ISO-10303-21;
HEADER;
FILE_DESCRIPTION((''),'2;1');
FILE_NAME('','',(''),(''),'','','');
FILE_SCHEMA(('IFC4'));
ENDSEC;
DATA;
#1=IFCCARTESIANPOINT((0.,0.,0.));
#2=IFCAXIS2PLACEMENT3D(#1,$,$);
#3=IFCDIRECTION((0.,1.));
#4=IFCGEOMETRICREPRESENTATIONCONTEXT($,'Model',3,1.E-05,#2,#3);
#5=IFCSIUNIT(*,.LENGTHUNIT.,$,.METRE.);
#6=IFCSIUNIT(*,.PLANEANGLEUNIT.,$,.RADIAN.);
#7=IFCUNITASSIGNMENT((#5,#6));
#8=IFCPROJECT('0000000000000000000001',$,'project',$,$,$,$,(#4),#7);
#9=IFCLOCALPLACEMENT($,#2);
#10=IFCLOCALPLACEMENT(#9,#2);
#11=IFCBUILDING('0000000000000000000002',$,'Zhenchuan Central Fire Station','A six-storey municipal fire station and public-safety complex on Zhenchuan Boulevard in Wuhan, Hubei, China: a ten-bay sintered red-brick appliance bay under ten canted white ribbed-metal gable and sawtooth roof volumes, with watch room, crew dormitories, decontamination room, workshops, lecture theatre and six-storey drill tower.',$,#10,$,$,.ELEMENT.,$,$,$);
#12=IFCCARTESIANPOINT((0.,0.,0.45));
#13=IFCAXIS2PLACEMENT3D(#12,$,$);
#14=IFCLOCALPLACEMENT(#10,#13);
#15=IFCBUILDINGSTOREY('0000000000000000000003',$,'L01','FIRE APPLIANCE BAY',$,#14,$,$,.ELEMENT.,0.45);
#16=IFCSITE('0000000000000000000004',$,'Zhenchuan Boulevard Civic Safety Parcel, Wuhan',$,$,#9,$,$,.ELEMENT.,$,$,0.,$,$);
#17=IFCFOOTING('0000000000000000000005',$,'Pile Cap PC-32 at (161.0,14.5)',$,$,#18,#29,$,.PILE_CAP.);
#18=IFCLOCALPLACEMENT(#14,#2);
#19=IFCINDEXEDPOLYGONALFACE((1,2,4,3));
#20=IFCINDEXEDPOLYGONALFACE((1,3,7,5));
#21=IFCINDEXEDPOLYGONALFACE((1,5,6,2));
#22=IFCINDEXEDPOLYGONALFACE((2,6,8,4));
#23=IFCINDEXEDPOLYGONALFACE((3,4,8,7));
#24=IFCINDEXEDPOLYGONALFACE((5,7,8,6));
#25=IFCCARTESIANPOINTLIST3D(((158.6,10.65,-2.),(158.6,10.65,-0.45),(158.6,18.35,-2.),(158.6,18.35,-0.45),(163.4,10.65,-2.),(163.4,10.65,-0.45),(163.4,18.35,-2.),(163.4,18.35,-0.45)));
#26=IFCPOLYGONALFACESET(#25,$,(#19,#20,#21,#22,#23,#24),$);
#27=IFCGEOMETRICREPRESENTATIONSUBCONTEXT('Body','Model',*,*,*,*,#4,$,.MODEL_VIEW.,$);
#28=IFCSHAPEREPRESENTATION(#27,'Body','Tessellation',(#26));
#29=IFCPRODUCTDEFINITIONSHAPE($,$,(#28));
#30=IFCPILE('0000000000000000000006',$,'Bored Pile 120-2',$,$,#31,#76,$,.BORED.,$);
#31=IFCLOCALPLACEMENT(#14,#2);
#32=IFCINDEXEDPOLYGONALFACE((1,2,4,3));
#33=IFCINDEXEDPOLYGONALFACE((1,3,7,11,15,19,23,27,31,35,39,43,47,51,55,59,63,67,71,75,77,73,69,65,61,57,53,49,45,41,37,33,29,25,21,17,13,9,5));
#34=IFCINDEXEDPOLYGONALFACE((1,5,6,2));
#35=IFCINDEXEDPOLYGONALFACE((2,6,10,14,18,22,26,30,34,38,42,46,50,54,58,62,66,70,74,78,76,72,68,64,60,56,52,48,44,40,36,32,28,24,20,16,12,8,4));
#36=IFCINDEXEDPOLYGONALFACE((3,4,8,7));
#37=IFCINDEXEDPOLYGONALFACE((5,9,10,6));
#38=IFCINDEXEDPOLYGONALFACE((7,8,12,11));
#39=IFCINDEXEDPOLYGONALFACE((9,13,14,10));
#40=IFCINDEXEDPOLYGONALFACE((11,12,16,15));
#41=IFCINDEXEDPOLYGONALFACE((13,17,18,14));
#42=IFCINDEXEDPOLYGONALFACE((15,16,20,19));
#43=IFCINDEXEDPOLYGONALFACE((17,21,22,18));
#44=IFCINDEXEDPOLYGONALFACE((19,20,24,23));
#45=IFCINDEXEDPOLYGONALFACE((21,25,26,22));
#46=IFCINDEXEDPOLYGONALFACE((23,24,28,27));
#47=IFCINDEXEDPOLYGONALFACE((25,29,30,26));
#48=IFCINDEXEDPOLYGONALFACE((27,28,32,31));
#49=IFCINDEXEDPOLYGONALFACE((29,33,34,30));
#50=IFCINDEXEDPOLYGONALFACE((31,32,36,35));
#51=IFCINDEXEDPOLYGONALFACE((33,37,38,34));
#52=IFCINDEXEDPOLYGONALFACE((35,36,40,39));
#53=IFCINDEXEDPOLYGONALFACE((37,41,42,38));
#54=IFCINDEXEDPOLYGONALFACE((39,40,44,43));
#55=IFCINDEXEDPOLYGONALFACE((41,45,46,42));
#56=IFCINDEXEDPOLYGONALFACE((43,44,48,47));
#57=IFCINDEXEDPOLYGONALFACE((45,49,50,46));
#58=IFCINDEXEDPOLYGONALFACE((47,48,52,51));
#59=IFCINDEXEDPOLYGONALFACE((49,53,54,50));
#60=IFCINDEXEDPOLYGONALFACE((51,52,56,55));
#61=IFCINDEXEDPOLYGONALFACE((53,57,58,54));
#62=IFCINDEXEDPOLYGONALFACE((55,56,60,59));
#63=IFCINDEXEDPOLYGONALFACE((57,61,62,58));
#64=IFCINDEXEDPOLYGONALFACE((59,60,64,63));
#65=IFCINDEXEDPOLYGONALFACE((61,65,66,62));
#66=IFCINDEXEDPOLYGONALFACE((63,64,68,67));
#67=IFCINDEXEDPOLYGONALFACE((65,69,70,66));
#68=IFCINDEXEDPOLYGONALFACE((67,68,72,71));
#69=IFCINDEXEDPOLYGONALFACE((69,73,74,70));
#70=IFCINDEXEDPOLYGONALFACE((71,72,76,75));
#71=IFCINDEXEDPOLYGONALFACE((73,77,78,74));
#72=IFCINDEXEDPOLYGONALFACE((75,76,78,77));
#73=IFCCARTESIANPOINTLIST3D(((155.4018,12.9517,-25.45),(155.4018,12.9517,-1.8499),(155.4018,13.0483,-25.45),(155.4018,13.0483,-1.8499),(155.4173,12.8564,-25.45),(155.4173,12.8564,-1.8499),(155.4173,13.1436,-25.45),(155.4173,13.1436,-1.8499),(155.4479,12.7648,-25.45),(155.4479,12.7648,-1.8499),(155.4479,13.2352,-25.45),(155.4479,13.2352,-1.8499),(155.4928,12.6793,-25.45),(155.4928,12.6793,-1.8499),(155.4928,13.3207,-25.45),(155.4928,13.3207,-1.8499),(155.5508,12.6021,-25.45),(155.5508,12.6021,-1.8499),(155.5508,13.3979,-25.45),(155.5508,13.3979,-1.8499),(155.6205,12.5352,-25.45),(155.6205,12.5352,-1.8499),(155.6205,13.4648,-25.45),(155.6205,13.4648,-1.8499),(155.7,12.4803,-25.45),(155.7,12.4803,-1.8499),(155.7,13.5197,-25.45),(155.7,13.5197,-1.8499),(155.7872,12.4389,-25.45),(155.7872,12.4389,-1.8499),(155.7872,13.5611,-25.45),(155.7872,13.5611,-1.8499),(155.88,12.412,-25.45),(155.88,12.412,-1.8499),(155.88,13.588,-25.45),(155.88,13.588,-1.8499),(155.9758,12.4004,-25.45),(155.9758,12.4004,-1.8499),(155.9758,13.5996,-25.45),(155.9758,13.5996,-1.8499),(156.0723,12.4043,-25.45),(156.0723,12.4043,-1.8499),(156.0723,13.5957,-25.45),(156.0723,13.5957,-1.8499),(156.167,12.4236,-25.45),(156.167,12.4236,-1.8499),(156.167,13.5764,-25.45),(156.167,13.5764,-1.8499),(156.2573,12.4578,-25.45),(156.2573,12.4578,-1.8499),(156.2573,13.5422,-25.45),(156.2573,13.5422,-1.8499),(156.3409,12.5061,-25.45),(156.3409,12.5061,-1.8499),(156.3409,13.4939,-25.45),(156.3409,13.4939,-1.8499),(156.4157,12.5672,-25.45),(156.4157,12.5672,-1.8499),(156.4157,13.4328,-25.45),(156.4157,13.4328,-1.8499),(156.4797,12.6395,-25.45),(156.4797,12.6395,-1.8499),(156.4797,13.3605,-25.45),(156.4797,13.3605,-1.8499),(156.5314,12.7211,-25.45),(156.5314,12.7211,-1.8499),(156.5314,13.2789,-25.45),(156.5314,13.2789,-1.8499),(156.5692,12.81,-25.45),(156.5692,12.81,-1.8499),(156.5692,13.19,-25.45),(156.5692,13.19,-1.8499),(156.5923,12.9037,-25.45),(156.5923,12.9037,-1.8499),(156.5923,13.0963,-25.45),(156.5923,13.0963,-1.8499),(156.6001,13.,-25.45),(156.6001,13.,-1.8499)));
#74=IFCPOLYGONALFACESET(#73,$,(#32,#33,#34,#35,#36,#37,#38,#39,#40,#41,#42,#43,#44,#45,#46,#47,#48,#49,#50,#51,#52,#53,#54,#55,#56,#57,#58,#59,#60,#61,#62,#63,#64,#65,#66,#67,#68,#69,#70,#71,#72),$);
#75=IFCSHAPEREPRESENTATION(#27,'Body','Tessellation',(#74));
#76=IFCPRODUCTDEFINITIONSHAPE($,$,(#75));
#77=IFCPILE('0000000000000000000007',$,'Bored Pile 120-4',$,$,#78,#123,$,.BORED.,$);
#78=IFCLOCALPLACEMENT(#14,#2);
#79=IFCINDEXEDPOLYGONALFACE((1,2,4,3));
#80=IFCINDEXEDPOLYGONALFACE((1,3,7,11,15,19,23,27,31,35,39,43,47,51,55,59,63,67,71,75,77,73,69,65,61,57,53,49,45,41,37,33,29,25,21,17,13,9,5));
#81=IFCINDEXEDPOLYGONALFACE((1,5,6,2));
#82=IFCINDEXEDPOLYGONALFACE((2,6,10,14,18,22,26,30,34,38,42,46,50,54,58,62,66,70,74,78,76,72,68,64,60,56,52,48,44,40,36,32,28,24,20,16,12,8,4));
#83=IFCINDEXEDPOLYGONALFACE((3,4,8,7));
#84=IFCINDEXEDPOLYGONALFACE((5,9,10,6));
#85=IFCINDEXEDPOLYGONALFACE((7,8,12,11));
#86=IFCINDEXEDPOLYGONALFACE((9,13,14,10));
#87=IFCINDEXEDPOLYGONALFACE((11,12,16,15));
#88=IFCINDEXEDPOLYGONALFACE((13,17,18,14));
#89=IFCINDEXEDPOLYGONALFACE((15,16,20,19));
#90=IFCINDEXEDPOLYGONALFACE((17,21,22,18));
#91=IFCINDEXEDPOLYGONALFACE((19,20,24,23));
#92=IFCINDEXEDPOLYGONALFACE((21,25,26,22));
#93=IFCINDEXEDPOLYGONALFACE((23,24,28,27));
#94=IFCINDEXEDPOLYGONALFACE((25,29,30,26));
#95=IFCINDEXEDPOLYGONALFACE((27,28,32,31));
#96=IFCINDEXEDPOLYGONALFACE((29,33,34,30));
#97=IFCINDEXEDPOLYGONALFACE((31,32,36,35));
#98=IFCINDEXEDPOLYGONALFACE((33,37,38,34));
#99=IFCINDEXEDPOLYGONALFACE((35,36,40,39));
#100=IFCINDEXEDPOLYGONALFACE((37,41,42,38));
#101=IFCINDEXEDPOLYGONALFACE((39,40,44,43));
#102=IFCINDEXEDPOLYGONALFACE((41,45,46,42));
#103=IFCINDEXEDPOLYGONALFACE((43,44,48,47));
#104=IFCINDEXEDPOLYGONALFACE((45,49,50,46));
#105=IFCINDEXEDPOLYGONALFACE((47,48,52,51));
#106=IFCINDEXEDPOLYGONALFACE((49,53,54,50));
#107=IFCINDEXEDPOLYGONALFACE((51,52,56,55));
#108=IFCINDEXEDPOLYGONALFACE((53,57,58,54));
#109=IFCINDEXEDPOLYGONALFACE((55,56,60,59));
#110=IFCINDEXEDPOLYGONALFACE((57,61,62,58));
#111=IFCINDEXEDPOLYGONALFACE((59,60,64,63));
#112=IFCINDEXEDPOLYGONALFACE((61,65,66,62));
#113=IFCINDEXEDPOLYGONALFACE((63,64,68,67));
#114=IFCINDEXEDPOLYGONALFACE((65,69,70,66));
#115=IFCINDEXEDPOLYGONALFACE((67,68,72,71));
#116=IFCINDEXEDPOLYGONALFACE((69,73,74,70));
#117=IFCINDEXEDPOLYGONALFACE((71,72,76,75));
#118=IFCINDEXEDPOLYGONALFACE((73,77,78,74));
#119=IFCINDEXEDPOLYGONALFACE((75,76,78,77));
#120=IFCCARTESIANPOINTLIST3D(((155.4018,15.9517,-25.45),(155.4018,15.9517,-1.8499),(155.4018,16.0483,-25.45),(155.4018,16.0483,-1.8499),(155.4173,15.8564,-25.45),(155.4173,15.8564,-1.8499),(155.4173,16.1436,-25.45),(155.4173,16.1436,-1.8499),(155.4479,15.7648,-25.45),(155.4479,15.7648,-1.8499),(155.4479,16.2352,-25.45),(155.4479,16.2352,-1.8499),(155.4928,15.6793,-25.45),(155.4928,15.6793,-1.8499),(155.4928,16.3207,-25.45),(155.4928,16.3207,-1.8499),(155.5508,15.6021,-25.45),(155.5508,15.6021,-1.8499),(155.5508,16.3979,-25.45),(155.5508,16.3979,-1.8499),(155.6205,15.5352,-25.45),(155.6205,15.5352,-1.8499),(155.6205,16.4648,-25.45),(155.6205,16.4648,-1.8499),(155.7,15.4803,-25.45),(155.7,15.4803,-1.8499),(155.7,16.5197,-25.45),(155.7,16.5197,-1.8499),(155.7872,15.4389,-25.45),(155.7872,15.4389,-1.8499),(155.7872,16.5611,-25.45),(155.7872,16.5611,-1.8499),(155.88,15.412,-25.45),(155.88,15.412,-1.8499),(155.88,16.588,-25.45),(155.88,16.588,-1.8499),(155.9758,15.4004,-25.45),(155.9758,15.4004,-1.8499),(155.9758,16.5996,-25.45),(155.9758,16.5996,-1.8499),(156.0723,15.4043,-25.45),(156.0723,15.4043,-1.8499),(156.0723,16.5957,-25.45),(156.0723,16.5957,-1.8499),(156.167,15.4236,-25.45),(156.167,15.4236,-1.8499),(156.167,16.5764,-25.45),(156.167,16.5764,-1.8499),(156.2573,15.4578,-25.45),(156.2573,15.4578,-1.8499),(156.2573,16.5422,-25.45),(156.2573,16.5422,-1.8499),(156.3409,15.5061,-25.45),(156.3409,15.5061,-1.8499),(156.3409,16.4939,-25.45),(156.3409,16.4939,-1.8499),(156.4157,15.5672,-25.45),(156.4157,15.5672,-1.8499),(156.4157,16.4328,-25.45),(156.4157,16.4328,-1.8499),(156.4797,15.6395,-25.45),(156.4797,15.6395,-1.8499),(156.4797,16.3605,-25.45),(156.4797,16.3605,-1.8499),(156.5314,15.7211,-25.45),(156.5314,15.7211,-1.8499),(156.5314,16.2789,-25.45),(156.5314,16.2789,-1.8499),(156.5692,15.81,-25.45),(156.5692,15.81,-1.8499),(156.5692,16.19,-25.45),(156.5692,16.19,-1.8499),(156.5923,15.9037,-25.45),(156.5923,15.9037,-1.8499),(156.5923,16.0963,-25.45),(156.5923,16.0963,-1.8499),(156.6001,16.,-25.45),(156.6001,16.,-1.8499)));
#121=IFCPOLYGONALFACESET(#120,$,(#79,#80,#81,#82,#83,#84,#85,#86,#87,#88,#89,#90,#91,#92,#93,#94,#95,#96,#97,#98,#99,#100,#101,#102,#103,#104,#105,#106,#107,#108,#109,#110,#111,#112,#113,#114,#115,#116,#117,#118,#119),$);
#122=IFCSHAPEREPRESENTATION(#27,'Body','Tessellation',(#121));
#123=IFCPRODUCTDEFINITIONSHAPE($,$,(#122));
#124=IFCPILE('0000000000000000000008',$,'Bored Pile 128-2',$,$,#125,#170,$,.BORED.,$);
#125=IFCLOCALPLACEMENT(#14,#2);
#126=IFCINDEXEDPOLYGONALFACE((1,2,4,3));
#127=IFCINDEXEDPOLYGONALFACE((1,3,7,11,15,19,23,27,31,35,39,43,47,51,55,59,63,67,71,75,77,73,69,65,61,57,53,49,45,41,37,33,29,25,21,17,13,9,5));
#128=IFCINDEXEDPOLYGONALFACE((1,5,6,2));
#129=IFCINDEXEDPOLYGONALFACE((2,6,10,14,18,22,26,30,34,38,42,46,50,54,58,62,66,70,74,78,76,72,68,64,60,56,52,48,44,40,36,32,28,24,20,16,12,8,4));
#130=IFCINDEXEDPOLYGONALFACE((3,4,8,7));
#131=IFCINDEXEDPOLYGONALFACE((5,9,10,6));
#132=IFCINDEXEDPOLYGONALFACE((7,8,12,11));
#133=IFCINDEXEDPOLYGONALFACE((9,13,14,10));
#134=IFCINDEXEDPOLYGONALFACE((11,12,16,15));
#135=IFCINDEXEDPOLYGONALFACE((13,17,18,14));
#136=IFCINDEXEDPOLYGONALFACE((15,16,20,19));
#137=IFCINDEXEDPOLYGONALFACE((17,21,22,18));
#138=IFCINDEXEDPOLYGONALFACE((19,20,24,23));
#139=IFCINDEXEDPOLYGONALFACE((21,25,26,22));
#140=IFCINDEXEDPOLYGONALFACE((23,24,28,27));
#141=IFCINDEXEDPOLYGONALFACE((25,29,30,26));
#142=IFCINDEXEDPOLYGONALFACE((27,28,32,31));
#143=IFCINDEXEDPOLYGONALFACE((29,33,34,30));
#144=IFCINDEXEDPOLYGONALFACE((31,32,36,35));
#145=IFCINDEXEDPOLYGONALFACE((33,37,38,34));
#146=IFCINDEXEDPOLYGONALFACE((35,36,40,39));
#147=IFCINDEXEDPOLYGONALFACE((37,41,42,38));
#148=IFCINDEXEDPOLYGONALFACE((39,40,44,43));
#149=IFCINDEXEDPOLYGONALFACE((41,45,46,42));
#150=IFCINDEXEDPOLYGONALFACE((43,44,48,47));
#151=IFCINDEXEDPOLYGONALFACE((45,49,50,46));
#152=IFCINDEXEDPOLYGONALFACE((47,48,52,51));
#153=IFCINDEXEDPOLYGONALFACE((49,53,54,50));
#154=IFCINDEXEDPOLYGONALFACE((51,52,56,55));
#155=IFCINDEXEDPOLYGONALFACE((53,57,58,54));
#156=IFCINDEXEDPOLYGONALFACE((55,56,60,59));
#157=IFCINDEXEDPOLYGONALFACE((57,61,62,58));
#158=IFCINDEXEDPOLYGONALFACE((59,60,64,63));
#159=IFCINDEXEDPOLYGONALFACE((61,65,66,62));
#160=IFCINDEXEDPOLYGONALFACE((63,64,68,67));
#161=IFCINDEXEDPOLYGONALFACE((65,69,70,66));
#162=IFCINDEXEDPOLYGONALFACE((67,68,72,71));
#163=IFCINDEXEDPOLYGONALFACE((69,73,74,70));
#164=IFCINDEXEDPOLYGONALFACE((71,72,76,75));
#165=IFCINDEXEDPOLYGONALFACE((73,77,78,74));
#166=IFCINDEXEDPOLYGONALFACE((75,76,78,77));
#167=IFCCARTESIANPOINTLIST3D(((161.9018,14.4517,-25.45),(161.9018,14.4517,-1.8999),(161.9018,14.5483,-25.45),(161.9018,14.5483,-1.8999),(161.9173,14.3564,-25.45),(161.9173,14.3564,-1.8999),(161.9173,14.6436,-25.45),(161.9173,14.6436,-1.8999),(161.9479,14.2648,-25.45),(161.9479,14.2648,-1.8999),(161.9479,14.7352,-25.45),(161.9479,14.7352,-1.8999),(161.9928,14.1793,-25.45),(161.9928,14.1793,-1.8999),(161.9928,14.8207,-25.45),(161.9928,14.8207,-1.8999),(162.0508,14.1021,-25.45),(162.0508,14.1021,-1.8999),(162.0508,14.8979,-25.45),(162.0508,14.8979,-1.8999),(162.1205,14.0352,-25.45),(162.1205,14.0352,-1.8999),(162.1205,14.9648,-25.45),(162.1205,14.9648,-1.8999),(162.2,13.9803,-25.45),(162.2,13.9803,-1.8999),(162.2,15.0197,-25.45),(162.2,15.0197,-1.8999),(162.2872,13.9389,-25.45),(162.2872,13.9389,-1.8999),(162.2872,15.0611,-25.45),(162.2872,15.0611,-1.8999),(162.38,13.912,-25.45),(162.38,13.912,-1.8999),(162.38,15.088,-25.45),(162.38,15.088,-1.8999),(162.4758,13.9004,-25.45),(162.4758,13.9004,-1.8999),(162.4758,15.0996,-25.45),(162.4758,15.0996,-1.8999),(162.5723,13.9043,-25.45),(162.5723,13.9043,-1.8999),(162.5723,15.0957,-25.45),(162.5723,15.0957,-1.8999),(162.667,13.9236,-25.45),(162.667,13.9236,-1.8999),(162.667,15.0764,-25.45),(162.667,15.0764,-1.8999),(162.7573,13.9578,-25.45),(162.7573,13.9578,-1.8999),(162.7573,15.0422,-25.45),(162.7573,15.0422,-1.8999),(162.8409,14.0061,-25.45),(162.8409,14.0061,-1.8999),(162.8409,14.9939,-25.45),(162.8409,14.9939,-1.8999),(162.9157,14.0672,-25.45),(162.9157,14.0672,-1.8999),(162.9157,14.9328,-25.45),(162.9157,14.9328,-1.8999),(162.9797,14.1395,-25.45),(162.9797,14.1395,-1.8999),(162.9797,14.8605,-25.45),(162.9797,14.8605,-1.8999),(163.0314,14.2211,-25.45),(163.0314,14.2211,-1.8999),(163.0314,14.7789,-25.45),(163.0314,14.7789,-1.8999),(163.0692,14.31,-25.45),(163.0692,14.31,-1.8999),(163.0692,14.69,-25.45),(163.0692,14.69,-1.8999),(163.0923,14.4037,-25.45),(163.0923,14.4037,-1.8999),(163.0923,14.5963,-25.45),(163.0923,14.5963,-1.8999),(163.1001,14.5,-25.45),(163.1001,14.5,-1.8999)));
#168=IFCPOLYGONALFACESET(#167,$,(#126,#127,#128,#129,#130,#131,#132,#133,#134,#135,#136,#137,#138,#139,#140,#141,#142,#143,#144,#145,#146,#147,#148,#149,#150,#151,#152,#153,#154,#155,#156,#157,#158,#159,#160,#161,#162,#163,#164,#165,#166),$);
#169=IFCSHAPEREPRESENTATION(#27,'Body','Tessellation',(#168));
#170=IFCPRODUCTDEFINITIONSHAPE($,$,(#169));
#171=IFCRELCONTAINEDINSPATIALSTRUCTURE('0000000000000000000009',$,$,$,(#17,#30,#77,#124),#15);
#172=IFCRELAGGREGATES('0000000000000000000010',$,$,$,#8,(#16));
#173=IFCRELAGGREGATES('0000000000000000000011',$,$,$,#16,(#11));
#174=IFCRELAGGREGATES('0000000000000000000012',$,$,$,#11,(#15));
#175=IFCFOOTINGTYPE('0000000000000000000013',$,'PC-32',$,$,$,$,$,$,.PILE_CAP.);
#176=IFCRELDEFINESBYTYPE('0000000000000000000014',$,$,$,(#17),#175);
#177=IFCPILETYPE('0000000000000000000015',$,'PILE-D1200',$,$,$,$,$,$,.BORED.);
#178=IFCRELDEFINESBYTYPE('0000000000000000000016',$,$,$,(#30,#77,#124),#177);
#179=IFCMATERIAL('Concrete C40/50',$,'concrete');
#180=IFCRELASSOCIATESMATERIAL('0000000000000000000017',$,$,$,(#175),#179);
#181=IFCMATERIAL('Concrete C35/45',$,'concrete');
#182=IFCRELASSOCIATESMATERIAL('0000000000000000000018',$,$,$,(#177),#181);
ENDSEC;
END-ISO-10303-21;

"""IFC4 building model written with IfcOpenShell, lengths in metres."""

from ifc_helpers import new_model, si_unit, direction, frame, origin, origin_2d, place, context, subcontext, project, spatial, rectangle, circle, extrude, material, material_profile, profile_set, type_object, element, save


model = new_model("IFC4")

# Units and contexts
model_context = context("Model", 3, precision=1e-05, world=origin(), true_north=direction((0.0, 1.0)))
body_context = subcontext(model_context, "Body", "Model", "MODEL_VIEW")
ifc_project = project(units=[si_unit("LENGTHUNIT", "METRE"), si_unit("PLANEANGLEUNIT", "RADIAN")], contexts=[model_context])

# Site, building, storey
site_placement = place(None, origin())
site = spatial("IfcSite", under=ifc_project, at=site_placement, Name="Zhenchuan Boulevard Civic Safety Parcel, Wuhan", CompositionType="ELEMENT", RefElevation=0.0)
building_placement = place(site_placement, origin())
building = spatial("IfcBuilding", under=site, at=building_placement, Name="Zhenchuan Central Fire Station", Description="A six-storey municipal fire station and public-safety complex on Zhenchuan Boulevard in Wuhan, Hubei, China: a ten-bay sintered red-brick appliance bay under ten canted white ribbed-metal gable and sawtooth roof volumes, with watch room, crew dormitories, decontamination room, workshops, lecture theatre and six-storey drill tower.", CompositionType="ELEMENT")
storey_placement = place(building_placement, frame((0.0, 0.0, 0.45)))
storey = spatial("IfcBuildingStorey", under=building, at=storey_placement, Name="L01", Description="FIRE APPLIANCE BAY", CompositionType="ELEMENT", Elevation=0.45)

# Footing
ifc_material_1 = material(Name="Concrete C40/50", Category="concrete")
footing_type = type_object("IfcFootingType", Name="PC-32", PredefinedType="PILE_CAP", material=ifc_material_1)
footing_placement = place(storey_placement, frame((161.0, 14.5, -2.0), z_axis=(0.0, 0.0, 1.0), x_axis=(0.0, 1.0, 0.0)))
element("IfcFooting", 1, at=footing_placement, inside=storey, type_object=footing_type, Name="Pile Cap PC-32 at (161.0,14.5)", PredefinedType="PILE_CAP", context=body_context, shape_type="SweptSolid", body=[
    extrude(rectangle(XDim=7.7, YDim=4.8, at=origin_2d()), origin(), (0.0, 0.0, 1.0), 1.55),
])

# Piles
ifc_material_2 = material(Name="Concrete C35/45", Category="concrete")
ifc_material_profile_1 = material_profile(ifc_material_2, circle(Radius=0.6001, at=origin_2d()), Name="PILE D1200")
ifc_profile_set_1 = profile_set([ifc_material_profile_1], Name="Concrete C35/45")
pile_type = type_object("IfcPileType", Name="PILE-D1200", PredefinedType="BORED", material=ifc_profile_set_1)
for number, where, z_axis, x_axis, name in (
    (2, (156.0, 13.0, -1.8499), (0.0, 0.0, -1.0), (1.0, 0.0, 0.0), "Bored Pile 120-2"),
    (3, (156.0, 16.0, -1.8499), (0.0, 0.0, -1.0), (1.0, 0.0, 0.0), "Bored Pile 120-4"),
):
    element("IfcPile", number, at=place(storey_placement, frame(where, z_axis=z_axis, x_axis=x_axis)), inside=storey, type_object=pile_type, Name=name, PredefinedType="BORED", context=body_context, shape_type="SweptSolid", body=[
        extrude(circle(Radius=0.6001, at=origin_2d()), origin(), (0.0, 0.0, 1.0), 23.6001),
    ])
for number, where, z_axis, x_axis, name in (
    (4, (162.5, 14.5, -1.8999), (0.0, 0.0, -1.0), (1.0, 0.0, 0.0), "Bored Pile 128-2"),
):
    element("IfcPile", number, at=place(storey_placement, frame(where, z_axis=z_axis, x_axis=x_axis)), inside=storey, type_object=pile_type, Name=name, PredefinedType="BORED", context=body_context, shape_type="SweptSolid", body=[
        extrude(circle(Radius=0.6001, at=origin_2d()), origin(), (0.0, 0.0, 1.0), 23.55),
    ])

save(model, "model.ifc")
